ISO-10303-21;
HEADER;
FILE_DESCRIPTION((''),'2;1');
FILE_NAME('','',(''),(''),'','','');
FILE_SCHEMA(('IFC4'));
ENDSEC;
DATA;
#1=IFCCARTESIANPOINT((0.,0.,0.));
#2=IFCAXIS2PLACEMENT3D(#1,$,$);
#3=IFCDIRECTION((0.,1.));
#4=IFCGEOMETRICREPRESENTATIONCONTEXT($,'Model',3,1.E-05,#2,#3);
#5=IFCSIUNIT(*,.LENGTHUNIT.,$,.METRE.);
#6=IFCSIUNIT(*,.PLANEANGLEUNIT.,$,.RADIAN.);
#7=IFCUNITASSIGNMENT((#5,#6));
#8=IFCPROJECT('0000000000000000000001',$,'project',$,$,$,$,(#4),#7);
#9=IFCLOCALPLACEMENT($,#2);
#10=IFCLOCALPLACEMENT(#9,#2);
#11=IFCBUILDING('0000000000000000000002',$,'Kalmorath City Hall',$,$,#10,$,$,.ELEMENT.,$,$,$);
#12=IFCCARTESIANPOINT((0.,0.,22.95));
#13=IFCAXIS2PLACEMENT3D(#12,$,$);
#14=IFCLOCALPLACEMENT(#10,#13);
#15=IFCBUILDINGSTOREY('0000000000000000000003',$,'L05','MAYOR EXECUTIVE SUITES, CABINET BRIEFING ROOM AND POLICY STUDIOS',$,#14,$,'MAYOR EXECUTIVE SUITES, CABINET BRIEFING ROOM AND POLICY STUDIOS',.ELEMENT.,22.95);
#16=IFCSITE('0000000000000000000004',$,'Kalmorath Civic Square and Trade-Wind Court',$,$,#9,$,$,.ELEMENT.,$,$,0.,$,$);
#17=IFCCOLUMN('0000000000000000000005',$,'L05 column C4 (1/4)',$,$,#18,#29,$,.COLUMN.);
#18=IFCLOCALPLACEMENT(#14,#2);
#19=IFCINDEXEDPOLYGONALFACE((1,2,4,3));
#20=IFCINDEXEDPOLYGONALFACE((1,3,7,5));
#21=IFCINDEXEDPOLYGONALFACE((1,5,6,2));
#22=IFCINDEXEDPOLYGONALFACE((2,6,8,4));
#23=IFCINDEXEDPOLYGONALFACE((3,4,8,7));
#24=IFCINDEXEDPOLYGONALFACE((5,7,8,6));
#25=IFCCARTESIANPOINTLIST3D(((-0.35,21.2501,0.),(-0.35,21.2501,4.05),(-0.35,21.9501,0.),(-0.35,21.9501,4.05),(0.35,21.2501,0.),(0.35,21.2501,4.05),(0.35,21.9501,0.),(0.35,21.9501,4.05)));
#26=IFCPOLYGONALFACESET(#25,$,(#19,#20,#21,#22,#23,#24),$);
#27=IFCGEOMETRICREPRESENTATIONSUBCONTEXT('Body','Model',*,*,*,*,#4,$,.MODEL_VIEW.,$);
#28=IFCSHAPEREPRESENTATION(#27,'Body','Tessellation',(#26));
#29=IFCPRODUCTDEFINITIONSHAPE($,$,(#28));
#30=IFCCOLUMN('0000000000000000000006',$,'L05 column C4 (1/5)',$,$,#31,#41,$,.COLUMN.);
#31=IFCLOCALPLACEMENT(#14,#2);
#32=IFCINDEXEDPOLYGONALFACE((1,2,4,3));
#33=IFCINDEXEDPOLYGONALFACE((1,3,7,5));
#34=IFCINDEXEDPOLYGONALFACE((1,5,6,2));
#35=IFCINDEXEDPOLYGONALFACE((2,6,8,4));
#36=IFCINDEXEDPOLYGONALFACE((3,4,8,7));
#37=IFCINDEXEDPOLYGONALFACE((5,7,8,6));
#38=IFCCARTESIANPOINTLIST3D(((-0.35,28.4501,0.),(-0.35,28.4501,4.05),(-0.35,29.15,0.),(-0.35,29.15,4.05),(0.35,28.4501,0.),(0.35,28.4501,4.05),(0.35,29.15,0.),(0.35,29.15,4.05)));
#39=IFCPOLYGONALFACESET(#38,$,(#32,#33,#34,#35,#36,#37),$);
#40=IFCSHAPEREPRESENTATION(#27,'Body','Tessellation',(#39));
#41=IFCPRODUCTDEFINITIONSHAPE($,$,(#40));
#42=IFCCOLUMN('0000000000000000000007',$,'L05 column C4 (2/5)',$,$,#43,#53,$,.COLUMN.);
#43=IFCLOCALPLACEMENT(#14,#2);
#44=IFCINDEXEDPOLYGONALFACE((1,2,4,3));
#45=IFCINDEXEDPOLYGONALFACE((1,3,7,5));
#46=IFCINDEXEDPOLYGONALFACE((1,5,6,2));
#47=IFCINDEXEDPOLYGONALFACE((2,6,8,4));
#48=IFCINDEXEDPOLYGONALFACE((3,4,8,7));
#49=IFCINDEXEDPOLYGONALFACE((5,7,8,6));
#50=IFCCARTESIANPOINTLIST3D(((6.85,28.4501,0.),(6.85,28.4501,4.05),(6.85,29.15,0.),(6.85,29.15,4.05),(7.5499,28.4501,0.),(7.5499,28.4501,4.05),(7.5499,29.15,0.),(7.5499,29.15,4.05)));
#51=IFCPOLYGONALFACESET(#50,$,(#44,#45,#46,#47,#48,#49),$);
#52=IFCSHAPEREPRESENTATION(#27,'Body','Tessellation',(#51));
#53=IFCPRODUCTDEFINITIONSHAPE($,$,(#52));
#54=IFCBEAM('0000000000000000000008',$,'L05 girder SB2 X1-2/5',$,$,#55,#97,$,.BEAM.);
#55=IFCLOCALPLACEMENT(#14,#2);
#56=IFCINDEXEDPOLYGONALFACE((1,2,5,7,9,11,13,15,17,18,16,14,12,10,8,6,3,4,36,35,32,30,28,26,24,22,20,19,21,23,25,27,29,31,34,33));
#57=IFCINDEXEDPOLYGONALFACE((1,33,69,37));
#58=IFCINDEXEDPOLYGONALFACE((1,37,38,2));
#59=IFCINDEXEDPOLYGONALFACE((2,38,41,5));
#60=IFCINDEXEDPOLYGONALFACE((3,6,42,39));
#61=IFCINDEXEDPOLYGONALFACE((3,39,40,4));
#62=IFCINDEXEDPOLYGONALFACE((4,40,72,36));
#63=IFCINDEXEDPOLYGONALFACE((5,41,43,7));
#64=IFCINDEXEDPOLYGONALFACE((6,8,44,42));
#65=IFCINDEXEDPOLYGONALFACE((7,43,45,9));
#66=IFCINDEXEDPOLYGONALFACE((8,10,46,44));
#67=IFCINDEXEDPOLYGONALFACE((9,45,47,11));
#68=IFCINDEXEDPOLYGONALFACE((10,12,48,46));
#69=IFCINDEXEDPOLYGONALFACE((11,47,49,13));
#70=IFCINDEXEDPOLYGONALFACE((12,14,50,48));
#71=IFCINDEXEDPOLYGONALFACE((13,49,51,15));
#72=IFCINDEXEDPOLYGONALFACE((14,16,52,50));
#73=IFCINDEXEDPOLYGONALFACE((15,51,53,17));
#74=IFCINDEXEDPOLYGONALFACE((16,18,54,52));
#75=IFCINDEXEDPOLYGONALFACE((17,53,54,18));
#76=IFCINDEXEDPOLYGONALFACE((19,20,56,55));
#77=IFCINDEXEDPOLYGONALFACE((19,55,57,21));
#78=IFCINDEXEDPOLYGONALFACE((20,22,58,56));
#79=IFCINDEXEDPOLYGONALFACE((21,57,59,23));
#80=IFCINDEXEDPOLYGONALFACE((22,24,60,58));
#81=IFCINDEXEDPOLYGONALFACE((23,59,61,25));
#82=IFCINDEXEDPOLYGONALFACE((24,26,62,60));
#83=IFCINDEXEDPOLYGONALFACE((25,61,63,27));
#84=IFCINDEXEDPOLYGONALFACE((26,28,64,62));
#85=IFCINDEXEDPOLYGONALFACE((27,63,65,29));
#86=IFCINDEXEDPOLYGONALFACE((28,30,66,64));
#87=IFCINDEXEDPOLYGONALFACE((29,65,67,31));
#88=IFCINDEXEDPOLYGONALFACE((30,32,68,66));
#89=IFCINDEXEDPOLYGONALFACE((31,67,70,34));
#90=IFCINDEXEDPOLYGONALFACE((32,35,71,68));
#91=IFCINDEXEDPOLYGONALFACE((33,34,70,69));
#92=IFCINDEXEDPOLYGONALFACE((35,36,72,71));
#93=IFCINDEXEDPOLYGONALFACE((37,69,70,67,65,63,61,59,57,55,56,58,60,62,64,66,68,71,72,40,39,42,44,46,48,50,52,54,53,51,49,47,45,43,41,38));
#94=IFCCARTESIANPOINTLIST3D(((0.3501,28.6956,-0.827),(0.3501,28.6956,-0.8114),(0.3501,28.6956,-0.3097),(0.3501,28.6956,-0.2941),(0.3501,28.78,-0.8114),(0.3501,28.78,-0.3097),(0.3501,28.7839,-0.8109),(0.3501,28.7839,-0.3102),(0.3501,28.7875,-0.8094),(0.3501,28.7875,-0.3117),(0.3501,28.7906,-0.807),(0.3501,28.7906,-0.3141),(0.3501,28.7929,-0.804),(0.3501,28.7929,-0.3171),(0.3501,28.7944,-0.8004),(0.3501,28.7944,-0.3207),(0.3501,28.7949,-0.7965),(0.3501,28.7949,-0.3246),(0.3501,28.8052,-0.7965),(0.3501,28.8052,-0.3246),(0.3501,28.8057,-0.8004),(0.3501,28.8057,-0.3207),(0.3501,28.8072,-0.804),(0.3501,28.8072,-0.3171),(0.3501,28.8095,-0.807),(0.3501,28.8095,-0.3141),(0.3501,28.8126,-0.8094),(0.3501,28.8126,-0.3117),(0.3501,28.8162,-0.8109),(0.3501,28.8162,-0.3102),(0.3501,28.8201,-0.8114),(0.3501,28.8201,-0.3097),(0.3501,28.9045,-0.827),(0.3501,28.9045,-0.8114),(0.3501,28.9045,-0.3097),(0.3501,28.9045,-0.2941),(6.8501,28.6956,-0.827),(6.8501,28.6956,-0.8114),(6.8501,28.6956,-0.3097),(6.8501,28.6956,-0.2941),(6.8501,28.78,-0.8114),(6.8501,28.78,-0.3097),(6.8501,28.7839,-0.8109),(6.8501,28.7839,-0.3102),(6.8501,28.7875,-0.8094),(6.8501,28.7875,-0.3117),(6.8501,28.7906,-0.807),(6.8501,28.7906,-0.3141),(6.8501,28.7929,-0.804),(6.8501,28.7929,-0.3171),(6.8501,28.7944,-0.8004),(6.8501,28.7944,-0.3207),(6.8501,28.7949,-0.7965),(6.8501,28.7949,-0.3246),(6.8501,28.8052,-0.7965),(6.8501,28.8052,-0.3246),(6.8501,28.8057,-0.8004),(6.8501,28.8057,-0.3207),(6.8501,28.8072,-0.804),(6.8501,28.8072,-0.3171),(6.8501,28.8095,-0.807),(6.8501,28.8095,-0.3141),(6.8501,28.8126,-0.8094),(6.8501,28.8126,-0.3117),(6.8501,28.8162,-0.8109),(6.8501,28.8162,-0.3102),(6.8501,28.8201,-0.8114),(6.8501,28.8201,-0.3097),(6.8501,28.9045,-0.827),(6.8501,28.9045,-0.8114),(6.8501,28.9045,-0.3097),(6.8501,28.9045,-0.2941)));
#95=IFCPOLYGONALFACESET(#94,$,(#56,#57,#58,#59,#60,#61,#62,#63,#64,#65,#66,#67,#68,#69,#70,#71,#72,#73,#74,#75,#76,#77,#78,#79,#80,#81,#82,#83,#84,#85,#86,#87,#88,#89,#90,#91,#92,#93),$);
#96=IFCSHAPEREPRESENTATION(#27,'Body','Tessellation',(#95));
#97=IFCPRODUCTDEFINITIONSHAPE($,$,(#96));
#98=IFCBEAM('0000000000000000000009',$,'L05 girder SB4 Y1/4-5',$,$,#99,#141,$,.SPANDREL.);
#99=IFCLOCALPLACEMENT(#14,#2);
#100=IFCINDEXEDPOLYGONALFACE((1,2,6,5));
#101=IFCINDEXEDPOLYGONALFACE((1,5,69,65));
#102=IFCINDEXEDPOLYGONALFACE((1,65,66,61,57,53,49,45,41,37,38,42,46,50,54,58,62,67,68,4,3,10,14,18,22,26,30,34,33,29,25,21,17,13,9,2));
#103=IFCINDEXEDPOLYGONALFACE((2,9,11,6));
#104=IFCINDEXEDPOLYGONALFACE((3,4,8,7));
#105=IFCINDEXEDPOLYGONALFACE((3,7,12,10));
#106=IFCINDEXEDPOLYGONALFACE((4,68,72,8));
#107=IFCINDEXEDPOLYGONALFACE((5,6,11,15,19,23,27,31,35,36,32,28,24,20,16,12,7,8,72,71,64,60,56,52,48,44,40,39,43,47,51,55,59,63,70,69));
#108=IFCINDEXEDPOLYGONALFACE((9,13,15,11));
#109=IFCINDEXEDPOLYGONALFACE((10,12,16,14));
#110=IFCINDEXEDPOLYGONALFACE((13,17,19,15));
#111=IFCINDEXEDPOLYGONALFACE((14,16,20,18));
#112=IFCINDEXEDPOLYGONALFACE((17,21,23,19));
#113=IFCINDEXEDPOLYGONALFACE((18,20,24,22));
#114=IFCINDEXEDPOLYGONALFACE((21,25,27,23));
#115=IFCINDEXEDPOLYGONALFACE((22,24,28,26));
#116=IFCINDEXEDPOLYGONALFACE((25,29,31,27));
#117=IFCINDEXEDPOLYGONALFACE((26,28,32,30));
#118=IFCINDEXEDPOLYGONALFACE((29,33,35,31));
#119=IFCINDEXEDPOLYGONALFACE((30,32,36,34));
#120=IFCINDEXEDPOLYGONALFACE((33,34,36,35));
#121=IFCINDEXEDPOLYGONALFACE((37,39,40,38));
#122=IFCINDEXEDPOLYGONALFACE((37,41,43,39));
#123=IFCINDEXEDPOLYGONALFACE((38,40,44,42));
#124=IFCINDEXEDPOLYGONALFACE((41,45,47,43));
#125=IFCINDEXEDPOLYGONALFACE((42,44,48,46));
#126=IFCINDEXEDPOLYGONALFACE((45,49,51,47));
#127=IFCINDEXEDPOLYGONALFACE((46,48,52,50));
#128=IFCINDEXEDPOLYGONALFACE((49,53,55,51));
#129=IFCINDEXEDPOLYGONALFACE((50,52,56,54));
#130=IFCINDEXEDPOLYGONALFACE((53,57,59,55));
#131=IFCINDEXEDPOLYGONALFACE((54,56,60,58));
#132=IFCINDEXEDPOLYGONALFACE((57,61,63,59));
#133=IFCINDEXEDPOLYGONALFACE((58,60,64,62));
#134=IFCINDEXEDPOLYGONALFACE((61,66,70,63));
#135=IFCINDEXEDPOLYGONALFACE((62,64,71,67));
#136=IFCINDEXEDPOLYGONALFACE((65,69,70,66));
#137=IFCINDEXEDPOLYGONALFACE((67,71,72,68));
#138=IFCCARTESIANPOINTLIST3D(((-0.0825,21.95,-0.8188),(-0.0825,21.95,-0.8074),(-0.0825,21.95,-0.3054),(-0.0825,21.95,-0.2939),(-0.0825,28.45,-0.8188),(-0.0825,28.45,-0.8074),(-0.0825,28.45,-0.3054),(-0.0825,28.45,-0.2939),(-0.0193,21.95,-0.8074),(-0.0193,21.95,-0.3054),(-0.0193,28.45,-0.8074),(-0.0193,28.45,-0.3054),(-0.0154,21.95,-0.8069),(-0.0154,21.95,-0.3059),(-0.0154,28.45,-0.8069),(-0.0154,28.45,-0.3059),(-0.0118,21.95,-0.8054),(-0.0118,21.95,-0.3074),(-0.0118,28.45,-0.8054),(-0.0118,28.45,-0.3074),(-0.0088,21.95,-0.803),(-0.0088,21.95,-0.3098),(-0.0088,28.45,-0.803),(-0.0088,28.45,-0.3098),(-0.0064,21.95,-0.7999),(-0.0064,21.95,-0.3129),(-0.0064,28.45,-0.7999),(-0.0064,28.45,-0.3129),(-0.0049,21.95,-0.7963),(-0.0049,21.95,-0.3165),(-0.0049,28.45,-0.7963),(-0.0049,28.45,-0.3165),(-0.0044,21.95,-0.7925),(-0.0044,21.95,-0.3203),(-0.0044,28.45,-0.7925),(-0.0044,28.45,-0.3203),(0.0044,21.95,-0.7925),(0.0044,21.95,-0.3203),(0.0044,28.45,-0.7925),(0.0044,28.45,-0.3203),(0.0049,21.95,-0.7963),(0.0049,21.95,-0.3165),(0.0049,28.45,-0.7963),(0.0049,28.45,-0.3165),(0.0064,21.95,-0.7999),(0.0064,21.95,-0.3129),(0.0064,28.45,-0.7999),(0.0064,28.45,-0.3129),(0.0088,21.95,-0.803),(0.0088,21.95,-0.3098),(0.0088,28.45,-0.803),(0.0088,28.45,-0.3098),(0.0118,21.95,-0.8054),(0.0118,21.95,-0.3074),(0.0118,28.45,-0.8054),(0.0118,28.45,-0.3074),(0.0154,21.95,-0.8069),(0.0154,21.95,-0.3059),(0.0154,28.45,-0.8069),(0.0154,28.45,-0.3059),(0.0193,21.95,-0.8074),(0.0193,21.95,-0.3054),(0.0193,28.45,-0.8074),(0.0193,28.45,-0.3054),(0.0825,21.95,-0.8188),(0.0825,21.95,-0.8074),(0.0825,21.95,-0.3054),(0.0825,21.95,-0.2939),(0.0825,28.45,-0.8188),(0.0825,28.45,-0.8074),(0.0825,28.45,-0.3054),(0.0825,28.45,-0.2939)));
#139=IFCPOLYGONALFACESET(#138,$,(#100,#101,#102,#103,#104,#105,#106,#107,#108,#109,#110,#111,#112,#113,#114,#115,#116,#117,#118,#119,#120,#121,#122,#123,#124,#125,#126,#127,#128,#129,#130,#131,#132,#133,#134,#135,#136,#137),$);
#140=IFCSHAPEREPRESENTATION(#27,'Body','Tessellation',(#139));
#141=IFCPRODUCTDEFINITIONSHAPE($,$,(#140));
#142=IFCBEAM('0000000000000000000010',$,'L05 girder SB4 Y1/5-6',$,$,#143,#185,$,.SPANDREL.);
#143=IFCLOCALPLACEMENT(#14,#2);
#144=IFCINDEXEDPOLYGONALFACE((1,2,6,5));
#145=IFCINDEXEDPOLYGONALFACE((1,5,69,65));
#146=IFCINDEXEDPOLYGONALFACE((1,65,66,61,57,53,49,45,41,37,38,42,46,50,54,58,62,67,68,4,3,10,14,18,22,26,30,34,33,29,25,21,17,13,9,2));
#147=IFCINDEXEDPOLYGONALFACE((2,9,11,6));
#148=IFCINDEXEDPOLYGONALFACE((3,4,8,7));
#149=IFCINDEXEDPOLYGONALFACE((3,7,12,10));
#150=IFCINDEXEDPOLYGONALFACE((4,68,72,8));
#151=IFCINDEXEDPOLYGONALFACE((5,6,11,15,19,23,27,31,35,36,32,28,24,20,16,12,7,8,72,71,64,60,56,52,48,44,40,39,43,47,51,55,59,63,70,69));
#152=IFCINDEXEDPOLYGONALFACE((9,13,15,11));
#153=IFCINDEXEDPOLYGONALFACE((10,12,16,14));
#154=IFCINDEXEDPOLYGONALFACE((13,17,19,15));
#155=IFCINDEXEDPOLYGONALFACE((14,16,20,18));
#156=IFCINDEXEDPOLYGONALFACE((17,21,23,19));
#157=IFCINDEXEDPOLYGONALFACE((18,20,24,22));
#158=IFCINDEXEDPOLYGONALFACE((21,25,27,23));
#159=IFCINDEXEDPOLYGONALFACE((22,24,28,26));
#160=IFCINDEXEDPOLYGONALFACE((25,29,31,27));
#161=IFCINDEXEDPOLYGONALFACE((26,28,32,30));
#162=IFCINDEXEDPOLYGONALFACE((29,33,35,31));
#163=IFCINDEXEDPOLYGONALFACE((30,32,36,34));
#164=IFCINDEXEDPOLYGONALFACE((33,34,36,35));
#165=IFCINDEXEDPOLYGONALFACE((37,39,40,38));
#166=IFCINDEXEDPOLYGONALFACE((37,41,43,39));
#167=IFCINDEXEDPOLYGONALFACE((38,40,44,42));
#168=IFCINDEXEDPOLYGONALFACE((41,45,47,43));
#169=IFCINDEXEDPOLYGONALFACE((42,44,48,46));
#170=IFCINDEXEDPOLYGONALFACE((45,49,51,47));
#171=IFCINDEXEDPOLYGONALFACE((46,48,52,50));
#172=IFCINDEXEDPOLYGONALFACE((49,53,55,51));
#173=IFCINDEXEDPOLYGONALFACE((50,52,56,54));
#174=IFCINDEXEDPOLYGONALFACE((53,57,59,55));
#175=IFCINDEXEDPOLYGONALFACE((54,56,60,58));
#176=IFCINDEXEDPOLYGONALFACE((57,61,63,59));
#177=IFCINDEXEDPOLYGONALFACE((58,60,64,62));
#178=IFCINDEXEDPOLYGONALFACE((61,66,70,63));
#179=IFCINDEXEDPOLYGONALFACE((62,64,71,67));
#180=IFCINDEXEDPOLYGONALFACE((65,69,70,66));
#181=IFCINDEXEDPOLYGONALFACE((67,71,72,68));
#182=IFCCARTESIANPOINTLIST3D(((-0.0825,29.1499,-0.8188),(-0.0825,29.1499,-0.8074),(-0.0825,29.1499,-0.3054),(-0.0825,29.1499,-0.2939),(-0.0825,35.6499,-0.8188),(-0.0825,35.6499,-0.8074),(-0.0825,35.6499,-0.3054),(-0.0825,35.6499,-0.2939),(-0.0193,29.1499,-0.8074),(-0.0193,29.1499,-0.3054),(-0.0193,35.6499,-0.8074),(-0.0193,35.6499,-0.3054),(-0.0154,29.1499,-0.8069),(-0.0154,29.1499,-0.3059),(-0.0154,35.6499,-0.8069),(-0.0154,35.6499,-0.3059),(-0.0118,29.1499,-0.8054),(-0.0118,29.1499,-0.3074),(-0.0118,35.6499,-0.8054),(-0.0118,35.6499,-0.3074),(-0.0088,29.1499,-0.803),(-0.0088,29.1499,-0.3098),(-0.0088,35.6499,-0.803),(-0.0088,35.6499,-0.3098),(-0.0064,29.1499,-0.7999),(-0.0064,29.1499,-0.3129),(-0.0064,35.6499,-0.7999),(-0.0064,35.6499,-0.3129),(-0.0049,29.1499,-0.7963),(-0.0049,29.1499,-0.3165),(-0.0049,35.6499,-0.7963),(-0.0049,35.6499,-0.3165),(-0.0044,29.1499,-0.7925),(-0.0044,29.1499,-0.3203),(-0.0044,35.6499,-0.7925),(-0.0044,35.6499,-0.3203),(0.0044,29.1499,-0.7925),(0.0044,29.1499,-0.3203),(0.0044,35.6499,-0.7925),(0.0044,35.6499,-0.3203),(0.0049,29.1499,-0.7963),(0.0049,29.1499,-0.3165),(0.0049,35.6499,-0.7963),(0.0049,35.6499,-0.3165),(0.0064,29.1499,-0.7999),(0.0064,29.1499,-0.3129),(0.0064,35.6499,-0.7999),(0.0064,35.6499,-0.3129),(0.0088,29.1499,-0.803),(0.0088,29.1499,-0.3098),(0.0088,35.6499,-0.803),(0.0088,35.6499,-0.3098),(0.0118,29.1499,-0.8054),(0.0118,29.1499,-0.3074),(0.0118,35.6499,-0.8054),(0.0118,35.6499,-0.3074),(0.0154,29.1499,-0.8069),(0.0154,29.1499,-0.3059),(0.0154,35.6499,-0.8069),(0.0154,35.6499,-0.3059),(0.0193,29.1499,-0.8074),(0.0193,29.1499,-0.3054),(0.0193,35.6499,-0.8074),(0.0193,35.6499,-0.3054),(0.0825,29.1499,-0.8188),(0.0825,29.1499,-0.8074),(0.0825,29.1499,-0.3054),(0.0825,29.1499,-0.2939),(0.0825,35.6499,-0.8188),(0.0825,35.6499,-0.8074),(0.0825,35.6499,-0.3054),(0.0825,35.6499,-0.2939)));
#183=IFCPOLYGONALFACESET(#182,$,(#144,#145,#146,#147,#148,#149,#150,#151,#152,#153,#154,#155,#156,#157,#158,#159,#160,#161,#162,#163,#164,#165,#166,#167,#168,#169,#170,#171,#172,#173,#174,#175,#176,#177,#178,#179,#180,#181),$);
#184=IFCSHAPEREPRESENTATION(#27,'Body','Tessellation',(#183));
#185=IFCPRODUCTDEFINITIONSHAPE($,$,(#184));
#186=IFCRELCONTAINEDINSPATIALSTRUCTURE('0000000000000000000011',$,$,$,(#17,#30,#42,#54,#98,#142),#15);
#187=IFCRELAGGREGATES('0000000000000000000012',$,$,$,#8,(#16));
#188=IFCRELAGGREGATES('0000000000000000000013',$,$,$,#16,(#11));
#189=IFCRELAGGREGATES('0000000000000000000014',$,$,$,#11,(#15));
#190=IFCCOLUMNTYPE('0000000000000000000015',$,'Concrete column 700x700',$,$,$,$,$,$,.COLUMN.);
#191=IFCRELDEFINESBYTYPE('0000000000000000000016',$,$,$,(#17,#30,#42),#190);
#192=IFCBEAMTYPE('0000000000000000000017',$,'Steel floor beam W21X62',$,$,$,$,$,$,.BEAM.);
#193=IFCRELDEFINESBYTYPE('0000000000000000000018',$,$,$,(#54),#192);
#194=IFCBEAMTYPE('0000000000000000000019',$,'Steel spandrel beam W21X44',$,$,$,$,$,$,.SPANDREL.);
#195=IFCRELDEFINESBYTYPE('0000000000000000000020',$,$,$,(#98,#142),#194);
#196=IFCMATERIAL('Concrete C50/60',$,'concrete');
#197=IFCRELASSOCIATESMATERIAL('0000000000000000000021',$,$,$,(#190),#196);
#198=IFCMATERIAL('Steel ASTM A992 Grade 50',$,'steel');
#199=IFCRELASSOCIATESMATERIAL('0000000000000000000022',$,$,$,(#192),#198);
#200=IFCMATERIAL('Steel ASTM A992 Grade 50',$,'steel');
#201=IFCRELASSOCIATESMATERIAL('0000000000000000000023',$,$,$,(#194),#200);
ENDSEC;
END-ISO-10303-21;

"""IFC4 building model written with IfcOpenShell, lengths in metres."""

from ifc_helpers import new_model, si_unit, direction, frame, origin, origin_2d, place, context, subcontext, project, spatial, rectangle, i_section, extrude, material, material_profile, profile_set, type_object, element, save


model = new_model("IFC4")

# Units and contexts
model_context = context("Model", 3, precision=1e-05, world=origin(), true_north=direction((0.0, 1.0)))
body_context = subcontext(model_context, "Body", "Model", "MODEL_VIEW")
ifc_project = project(units=[si_unit("LENGTHUNIT", "METRE"), si_unit("PLANEANGLEUNIT", "RADIAN")], contexts=[model_context])

# Site, building, storey
site_placement = place(None, origin())
site = spatial("IfcSite", under=ifc_project, at=site_placement, Name="Kalmorath Civic Square and Trade-Wind Court", CompositionType="ELEMENT", RefElevation=0.0)
building_placement = place(site_placement, origin())
building = spatial("IfcBuilding", under=site, at=building_placement, Name="Kalmorath City Hall", CompositionType="ELEMENT")
storey_placement = place(building_placement, frame((0.0, 0.0, 22.95)))
storey = spatial("IfcBuildingStorey", under=building, at=storey_placement, Name="L05", Description="MAYOR EXECUTIVE SUITES, CABINET BRIEFING ROOM AND POLICY STUDIOS", LongName="MAYOR EXECUTIVE SUITES, CABINET BRIEFING ROOM AND POLICY STUDIOS", CompositionType="ELEMENT", Elevation=22.95)

# Columns
ifc_material_1 = material(Name="Concrete C50/60", Category="concrete")
ifc_material_profile_1 = material_profile(ifc_material_1, rectangle(XDim=0.7, YDim=0.7, at=origin_2d()), Name="RC-COL-700X700")
ifc_profile_set_1 = profile_set([ifc_material_profile_1], Name="Concrete C50/60")
column_type = type_object("IfcColumnType", Name="Concrete column 700x700", PredefinedType="COLUMN", material=ifc_profile_set_1)
for number, where, z_axis, x_axis, name in (
    (1, (0.0, 21.6001, 0.0), (0.0, 0.0, 1.0), (1.0, 0.0, 0.0), "L05 column C4 (1/4)"),
    (2, (0.0, 28.8, 0.0), (0.0, 0.0, 1.0), (1.0, 0.0, 0.0), "L05 column C4 (1/5)"),
    (3, (7.2, 28.8, 0.0), (0.0, 0.0, 1.0), (1.0, 0.0, 0.0), "L05 column C4 (2/5)"),
):
    element("IfcColumn", number, at=place(storey_placement, frame(where, z_axis=z_axis, x_axis=x_axis)), inside=storey, type_object=column_type, Name=name, PredefinedType="COLUMN", context=body_context, shape_type="SweptSolid", body=[
        extrude(rectangle(XDim=0.7, YDim=0.7, at=origin_2d()), origin(), (0.0, 0.0, 1.0), 4.05),
    ])

# Beams
ifc_material_2 = material(Name="Steel ASTM A992 Grade 50", Category="steel")
ifc_material_profile_2 = material_profile(ifc_material_2, i_section(OverallWidth=0.209, OverallDepth=0.533, WebThickness=0.0103, FlangeThickness=0.0156, FilletRadius=0.0149, at=origin_2d()), Name="W21X62")
ifc_profile_set_2 = profile_set([ifc_material_profile_2], Name="Steel ASTM A992 Grade 50")
beam_type_1 = type_object("IfcBeamType", Name="Steel floor beam W21X62", PredefinedType="BEAM", material=ifc_profile_set_2)
beam_placement = place(storey_placement, frame((0.3501, 28.8, -0.5605), z_axis=(1.0, 0.0, 0.0), x_axis=(0.0, 1.0, 0.0)))
element("IfcBeam", 4, at=beam_placement, inside=storey, type_object=beam_type_1, Name="L05 girder SB2 X1-2/5", PredefinedType="BEAM", context=body_context, shape_type="SweptSolid", body=[
    extrude(i_section(OverallWidth=0.209, OverallDepth=0.533, WebThickness=0.0103, FlangeThickness=0.0156, FilletRadius=0.0149, at=origin_2d()), origin(), (0.0, 0.0, 1.0), 6.5),
])
ifc_material_3 = material(Name="Steel ASTM A992 Grade 50", Category="steel")
ifc_material_profile_3 = material_profile(ifc_material_3, i_section(OverallWidth=0.165, OverallDepth=0.5249, WebThickness=0.0088, FlangeThickness=0.0115, FilletRadius=0.0149, at=origin_2d()), Name="W21X44")
ifc_profile_set_3 = profile_set([ifc_material_profile_3], Name="Steel ASTM A992 Grade 50")
beam_type_2 = type_object("IfcBeamType", Name="Steel spandrel beam W21X44", PredefinedType="SPANDREL", material=ifc_profile_set_3)
for number, where, z_axis, x_axis, name in (
    (5, (0.0, 21.95, -0.5564), (0.0, 1.0, 0.0), (-1.0, 0.0, 0.0), "L05 girder SB4 Y1/4-5"),
    (6, (0.0, 29.1499, -0.5564), (0.0, 1.0, 0.0), (-1.0, 0.0, 0.0), "L05 girder SB4 Y1/5-6"),
):
    element("IfcBeam", number, at=place(storey_placement, frame(where, z_axis=z_axis, x_axis=x_axis)), inside=storey, type_object=beam_type_2, Name=name, PredefinedType="SPANDREL", context=body_context, shape_type="SweptSolid", body=[
        extrude(i_section(OverallWidth=0.165, OverallDepth=0.5249, WebThickness=0.0088, FlangeThickness=0.0115, FilletRadius=0.0149, at=origin_2d()), origin(), (0.0, 0.0, 1.0), 6.5),
    ])

save(model, "model.ifc")
